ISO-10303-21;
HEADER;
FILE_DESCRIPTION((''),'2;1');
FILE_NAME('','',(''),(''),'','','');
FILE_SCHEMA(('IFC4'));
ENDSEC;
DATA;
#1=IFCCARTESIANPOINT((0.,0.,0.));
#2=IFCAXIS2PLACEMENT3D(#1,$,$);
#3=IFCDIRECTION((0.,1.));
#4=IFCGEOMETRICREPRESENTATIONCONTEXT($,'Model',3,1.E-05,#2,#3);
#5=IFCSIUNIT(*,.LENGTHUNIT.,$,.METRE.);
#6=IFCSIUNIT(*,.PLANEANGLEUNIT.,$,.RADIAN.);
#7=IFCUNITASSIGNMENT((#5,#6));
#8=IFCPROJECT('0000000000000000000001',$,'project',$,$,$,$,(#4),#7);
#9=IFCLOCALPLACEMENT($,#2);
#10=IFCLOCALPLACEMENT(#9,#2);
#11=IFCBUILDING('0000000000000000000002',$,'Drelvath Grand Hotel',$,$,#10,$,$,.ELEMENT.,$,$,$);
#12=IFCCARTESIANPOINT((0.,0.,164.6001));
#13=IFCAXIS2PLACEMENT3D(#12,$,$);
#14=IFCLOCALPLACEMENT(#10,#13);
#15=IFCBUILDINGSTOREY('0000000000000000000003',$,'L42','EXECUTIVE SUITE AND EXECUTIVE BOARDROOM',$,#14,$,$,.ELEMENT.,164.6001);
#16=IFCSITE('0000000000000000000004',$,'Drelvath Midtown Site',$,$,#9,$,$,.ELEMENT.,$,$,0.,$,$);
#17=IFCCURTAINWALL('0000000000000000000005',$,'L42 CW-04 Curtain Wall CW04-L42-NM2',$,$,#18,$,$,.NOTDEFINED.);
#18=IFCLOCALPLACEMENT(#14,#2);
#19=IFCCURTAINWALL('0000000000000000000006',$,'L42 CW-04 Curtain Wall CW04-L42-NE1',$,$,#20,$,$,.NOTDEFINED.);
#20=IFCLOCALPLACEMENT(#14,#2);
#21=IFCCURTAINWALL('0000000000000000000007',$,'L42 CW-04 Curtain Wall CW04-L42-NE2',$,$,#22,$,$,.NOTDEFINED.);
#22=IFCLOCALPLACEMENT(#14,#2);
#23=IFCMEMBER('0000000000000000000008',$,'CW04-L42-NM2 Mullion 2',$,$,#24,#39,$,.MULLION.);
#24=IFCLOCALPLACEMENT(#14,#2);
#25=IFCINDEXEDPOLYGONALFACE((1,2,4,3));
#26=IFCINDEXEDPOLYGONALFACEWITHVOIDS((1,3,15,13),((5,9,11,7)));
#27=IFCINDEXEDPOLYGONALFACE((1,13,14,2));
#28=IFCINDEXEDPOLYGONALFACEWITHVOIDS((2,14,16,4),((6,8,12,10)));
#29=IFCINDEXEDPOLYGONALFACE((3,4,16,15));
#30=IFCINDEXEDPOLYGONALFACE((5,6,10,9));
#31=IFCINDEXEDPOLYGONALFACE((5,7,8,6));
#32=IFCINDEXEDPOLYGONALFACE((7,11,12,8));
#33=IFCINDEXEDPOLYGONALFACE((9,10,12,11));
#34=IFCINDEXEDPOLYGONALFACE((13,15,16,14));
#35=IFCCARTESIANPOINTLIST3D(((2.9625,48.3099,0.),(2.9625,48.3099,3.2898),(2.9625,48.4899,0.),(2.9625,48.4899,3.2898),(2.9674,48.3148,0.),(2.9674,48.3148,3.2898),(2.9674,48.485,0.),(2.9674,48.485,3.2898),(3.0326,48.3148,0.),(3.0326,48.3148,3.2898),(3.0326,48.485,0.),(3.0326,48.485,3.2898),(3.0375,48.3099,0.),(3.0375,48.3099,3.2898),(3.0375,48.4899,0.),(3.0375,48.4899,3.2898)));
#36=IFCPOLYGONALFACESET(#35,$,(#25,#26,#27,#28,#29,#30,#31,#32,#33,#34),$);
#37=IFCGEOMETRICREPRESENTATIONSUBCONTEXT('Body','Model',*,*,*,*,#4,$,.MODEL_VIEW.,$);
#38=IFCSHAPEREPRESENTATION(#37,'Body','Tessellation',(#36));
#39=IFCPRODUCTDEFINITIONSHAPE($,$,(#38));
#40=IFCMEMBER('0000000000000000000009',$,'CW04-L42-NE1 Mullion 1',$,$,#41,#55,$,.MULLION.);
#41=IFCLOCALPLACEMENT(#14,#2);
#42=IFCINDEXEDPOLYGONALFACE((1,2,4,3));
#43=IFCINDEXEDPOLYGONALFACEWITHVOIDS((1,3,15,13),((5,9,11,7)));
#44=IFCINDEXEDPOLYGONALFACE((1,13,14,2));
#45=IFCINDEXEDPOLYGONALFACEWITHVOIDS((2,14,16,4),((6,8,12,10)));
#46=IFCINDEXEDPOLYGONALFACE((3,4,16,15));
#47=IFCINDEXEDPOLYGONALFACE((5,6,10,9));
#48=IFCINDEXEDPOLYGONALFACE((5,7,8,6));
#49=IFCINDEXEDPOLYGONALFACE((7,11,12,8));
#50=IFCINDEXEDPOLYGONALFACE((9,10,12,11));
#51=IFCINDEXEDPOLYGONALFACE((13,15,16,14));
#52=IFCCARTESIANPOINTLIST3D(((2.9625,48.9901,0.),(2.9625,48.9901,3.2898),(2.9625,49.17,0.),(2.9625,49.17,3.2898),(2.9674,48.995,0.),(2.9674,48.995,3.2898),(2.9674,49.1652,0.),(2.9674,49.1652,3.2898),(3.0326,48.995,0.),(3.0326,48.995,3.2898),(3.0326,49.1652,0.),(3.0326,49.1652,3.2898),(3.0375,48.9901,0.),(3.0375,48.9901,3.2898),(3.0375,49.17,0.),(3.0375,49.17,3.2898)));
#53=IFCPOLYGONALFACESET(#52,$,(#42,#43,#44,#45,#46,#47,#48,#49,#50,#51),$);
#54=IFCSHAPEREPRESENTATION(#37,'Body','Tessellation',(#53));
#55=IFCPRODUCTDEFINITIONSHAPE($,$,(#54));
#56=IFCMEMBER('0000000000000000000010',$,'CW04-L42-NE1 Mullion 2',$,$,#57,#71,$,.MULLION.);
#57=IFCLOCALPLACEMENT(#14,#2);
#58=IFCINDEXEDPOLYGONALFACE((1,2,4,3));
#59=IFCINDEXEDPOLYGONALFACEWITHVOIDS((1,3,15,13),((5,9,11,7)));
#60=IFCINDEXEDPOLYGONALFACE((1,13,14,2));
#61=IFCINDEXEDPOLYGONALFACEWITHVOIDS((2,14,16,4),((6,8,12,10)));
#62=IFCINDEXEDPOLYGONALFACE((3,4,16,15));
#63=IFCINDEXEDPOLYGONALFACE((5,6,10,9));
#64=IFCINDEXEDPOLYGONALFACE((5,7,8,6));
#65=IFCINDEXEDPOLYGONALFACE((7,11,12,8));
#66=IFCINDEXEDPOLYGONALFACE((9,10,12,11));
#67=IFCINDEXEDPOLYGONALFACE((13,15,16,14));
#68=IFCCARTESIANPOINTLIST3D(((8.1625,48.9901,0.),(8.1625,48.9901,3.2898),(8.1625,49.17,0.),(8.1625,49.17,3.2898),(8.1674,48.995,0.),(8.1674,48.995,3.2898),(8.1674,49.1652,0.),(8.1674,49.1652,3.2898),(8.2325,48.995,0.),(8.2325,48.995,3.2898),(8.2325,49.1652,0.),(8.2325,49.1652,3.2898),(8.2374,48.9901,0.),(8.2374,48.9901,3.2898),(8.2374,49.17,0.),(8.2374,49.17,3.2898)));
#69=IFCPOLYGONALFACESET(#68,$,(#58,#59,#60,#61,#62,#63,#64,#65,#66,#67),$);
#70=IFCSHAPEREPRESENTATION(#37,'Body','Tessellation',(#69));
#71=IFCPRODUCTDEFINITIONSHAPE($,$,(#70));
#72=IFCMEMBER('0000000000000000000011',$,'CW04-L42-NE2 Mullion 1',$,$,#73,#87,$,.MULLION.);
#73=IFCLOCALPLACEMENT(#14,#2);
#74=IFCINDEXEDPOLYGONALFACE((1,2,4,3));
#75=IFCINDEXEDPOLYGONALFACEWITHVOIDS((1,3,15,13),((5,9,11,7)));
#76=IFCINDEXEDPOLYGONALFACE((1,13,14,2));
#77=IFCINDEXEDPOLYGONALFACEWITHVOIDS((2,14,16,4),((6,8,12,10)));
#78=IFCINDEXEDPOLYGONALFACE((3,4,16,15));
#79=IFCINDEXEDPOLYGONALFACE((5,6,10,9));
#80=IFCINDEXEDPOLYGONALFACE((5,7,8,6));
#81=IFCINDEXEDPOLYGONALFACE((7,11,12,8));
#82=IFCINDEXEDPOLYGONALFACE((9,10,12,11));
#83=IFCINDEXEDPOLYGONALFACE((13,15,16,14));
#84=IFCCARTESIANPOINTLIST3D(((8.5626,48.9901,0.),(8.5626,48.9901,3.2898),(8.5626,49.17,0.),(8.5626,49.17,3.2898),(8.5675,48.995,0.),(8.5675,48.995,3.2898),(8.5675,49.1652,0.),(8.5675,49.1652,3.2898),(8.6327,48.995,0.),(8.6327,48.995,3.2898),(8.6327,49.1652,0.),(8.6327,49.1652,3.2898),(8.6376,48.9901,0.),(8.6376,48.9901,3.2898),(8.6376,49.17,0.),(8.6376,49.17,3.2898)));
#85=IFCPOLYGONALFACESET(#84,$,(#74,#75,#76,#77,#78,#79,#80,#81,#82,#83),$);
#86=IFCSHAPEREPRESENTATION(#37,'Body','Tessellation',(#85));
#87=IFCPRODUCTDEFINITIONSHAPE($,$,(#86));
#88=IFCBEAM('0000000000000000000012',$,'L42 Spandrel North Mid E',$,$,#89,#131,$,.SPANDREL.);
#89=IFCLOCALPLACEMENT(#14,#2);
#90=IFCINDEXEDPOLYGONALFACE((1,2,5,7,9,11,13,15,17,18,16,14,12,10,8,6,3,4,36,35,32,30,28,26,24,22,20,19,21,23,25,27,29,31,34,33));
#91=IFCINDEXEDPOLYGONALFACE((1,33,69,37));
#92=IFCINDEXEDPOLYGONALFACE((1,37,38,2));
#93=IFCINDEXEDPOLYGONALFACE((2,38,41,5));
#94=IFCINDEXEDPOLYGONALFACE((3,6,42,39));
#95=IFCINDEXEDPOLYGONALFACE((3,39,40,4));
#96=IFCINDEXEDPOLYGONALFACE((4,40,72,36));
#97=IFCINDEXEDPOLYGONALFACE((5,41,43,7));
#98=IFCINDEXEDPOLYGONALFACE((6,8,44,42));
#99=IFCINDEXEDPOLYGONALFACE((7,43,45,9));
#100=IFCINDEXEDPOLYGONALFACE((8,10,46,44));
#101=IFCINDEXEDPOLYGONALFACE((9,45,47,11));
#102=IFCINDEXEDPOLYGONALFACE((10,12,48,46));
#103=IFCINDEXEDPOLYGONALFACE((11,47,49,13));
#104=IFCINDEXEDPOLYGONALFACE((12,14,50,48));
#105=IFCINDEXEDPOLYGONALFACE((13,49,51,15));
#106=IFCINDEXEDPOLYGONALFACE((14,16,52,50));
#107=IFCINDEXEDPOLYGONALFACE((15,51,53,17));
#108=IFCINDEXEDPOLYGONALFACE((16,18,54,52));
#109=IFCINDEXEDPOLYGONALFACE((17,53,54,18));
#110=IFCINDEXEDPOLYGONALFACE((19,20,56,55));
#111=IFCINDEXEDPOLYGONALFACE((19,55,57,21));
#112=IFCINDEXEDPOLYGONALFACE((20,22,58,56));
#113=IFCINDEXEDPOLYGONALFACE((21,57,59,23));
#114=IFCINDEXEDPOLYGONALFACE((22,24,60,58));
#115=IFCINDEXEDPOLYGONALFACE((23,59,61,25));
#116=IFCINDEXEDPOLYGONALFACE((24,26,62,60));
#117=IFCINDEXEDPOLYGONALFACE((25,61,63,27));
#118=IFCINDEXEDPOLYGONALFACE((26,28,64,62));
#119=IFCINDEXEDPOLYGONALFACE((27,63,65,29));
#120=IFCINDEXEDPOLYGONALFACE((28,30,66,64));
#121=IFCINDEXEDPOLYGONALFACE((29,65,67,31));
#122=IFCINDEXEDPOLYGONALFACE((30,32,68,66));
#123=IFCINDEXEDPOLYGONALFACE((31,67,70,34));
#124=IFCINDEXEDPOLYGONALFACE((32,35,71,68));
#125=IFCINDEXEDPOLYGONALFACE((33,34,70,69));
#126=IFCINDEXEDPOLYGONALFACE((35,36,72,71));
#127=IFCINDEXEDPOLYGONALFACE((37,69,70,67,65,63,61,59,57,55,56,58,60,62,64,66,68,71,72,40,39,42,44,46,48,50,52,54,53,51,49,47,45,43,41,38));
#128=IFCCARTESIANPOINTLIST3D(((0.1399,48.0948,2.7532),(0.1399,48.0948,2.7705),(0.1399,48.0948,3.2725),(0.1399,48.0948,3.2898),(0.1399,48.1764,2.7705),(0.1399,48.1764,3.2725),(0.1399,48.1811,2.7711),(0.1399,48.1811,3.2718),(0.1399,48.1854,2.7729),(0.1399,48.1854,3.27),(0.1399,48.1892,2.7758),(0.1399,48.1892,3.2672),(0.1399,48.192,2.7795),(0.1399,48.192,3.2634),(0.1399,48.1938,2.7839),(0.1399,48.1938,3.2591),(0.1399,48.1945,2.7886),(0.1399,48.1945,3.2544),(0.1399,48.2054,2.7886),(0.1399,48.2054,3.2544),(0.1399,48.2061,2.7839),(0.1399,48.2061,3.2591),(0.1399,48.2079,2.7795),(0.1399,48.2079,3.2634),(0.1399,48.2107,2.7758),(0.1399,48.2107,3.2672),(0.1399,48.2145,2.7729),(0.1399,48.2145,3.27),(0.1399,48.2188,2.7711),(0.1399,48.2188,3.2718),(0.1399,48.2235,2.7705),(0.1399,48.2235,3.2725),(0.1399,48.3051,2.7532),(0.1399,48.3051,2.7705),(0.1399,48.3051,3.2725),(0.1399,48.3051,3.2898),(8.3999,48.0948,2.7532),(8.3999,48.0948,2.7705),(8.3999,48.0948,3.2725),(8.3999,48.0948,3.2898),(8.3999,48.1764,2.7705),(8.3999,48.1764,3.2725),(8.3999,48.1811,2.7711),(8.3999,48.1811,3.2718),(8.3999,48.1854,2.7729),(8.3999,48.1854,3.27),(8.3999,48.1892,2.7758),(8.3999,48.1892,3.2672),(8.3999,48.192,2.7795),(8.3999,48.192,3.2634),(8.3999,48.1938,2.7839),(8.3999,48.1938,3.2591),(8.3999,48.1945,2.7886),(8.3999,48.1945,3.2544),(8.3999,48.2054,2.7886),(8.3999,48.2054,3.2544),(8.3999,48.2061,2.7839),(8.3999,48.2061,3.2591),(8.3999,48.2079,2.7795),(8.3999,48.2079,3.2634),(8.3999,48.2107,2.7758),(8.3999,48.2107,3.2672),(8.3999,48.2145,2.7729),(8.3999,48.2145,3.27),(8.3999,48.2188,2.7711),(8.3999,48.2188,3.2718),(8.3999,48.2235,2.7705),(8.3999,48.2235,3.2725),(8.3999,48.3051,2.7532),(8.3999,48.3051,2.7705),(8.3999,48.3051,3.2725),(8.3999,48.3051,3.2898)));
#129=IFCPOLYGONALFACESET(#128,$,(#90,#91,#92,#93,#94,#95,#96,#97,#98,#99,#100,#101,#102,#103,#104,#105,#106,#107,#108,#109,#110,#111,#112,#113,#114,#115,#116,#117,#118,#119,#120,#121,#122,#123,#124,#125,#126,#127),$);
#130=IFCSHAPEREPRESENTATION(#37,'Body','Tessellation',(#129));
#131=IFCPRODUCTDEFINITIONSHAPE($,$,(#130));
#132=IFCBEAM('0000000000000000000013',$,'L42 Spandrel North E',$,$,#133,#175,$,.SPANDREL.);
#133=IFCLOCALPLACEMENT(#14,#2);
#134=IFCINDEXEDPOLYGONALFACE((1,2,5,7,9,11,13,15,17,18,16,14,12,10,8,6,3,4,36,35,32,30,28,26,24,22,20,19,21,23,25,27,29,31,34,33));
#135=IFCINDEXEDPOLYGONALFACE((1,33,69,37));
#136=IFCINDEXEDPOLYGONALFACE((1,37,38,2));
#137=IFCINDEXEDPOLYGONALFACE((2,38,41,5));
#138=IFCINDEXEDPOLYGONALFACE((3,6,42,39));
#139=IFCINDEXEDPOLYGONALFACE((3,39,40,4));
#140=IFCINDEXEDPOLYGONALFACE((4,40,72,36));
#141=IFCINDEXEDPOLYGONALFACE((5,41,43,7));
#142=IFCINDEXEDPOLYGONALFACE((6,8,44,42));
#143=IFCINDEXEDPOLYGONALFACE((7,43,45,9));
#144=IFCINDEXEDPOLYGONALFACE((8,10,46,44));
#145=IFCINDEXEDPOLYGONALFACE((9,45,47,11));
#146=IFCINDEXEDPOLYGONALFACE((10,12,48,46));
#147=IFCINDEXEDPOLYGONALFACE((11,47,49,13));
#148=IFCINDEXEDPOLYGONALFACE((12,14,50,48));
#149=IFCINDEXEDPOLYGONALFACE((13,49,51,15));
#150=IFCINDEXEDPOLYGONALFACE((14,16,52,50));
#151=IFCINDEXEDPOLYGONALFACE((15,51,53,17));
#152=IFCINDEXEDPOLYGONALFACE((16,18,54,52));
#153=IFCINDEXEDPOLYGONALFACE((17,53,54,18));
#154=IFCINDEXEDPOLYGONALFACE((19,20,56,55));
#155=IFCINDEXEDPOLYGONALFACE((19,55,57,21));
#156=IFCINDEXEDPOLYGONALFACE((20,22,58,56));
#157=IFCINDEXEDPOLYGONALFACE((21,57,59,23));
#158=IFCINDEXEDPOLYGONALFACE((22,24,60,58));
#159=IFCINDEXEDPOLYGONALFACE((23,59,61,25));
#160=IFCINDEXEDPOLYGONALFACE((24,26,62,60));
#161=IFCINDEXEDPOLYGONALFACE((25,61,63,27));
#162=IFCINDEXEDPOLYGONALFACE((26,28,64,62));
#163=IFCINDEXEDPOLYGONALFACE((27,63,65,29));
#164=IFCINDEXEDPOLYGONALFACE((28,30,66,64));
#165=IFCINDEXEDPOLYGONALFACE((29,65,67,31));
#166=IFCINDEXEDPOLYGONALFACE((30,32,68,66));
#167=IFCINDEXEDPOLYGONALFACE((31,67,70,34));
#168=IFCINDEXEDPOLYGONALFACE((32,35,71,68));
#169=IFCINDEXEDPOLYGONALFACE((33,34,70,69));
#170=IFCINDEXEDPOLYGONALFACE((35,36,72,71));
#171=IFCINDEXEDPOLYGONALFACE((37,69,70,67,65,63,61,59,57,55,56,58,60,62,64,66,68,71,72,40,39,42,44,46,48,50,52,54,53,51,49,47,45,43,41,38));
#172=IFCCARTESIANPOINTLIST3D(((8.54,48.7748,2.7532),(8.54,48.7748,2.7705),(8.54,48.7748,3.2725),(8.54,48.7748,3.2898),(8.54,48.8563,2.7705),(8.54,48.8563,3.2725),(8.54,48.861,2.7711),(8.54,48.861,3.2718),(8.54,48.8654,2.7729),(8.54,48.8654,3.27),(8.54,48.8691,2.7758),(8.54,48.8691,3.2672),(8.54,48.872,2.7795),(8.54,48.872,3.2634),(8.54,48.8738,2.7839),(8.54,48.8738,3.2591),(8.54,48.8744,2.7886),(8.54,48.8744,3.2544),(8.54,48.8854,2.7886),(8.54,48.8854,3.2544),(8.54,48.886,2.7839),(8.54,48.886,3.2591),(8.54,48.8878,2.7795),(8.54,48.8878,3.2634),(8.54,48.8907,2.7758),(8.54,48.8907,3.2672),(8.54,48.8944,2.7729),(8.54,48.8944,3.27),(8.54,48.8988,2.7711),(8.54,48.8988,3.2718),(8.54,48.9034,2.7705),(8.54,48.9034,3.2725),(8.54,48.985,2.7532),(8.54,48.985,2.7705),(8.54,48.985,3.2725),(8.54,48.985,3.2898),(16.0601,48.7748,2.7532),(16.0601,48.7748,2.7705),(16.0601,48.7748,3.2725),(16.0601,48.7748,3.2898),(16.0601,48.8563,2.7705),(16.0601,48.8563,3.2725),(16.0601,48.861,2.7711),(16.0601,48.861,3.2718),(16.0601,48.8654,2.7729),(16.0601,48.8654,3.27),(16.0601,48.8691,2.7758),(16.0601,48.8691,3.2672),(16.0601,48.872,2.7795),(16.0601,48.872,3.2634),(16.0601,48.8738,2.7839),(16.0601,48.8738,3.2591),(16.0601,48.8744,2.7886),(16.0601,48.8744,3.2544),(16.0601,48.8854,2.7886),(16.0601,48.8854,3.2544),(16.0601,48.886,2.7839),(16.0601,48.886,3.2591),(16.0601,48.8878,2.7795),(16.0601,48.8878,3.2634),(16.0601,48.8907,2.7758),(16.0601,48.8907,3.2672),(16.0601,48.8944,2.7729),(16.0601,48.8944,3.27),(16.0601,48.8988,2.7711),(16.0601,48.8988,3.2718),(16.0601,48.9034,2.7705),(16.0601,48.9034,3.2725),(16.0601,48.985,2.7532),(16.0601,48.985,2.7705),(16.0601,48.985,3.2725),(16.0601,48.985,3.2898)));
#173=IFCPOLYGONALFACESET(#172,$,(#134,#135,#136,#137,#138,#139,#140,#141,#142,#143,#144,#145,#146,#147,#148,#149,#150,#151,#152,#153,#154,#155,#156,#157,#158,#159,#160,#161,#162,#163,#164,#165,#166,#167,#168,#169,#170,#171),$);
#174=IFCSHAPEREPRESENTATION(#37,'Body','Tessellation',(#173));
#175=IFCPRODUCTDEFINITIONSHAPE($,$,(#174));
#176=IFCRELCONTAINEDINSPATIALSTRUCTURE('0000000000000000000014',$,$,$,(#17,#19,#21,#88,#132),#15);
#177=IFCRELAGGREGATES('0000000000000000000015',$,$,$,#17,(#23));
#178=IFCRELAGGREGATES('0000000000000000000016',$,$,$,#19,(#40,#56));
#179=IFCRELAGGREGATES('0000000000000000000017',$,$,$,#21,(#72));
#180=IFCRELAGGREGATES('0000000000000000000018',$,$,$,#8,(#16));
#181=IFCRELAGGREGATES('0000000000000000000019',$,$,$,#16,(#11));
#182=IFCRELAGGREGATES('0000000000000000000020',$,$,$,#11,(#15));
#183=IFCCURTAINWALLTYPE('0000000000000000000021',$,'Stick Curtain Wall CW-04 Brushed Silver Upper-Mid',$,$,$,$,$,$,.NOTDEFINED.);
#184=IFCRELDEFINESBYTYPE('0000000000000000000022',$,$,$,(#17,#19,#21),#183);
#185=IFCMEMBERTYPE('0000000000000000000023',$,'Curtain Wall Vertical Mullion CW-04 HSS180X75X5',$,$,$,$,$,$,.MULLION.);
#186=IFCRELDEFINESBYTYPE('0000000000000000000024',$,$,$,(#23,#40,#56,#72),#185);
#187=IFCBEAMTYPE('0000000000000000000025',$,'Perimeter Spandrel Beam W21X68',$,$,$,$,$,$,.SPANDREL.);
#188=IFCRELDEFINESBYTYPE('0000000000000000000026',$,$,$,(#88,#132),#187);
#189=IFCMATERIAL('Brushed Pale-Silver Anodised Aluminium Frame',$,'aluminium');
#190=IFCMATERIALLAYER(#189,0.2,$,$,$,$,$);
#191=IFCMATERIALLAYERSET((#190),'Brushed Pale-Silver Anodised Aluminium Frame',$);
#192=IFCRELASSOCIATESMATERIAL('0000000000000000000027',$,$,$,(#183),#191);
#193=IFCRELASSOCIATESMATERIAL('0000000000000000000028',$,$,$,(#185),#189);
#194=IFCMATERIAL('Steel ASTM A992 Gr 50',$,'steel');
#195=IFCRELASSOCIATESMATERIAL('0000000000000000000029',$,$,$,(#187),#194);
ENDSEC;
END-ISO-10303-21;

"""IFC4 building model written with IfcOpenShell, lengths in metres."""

from ifc_helpers import new_model, si_unit, direction, frame, origin, origin_2d, place, context, subcontext, project, spatial, hollow_rectangle, i_section, extrude, material, layer, layer_set, material_profile, profile_set, type_object, element, aggregate, save


model = new_model("IFC4")

# Units and contexts
model_context = context("Model", 3, precision=1e-05, world=origin(), true_north=direction((0.0, 1.0)))
body_context = subcontext(model_context, "Body", "Model", "MODEL_VIEW")
ifc_project = project(units=[si_unit("LENGTHUNIT", "METRE"), si_unit("PLANEANGLEUNIT", "RADIAN")], contexts=[model_context])

# Site, building, storey
site_placement = place(None, origin())
site = spatial("IfcSite", under=ifc_project, at=site_placement, Name="Drelvath Midtown Site", CompositionType="ELEMENT", RefElevation=0.0)
building_placement = place(site_placement, origin())
building = spatial("IfcBuilding", under=site, at=building_placement, Name="Drelvath Grand Hotel", CompositionType="ELEMENT")
storey_placement = place(building_placement, frame((0.0, 0.0, 164.6001)))
storey = spatial("IfcBuildingStorey", under=building, at=storey_placement, Name="L42", Description="EXECUTIVE SUITE AND EXECUTIVE BOARDROOM", CompositionType="ELEMENT", Elevation=164.6001)

# Curtain walls
ifc_material_1 = material(Name="Brushed Pale-Silver Anodised Aluminium Frame", Category="aluminium")
ifc_layer_1 = layer(ifc_material_1, 0.2)
ifc_layer_set_1 = layer_set([ifc_layer_1], Name="Brushed Pale-Silver Anodised Aluminium Frame")
curtain_wall_type = type_object("IfcCurtainWallType", Name="Stick Curtain Wall CW-04 Brushed Silver Upper-Mid", PredefinedType="NOTDEFINED", material=ifc_layer_set_1)
curtain_wall_1_placement = place(storey_placement, origin())
curtain_wall_1 = element("IfcCurtainWall", 1, at=curtain_wall_1_placement, inside=storey, type_object=curtain_wall_type, Name="L42 CW-04 Curtain Wall CW04-L42-NM2", PredefinedType="NOTDEFINED")
curtain_wall_2_placement = place(storey_placement, origin())
curtain_wall_2 = element("IfcCurtainWall", 2, at=curtain_wall_2_placement, inside=storey, type_object=curtain_wall_type, Name="L42 CW-04 Curtain Wall CW04-L42-NE1", PredefinedType="NOTDEFINED")
curtain_wall_3_placement = place(storey_placement, origin())
curtain_wall_3 = element("IfcCurtainWall", 3, at=curtain_wall_3_placement, inside=storey, type_object=curtain_wall_type, Name="L42 CW-04 Curtain Wall CW04-L42-NE2", PredefinedType="NOTDEFINED")
ifc_material_profile_1 = material_profile(ifc_material_1, hollow_rectangle(XDim=0.075, YDim=0.1799, WallThickness=0.0049, at=origin_2d()), Name="HSS180X75X5")
ifc_profile_set_1 = profile_set([ifc_material_profile_1], Name="Brushed Pale-Silver Anodised Aluminium Frame")
member_type_1 = type_object("IfcMemberType", Name="Curtain Wall Vertical Mullion CW-04 HSS180X75X5", PredefinedType="MULLION", material=ifc_profile_set_1)

# Members
member_1_placement = place(storey_placement, frame((3.0, 48.3999, 0.0), z_axis=(0.0, 0.0, 1.0), x_axis=(1.0, 0.0, 0.0)))
member_1 = element("IfcMember", 4, at=member_1_placement, type_object=member_type_1, Name="CW04-L42-NM2 Mullion 2", PredefinedType="MULLION", context=body_context, shape_type="SweptSolid", body=[
    extrude(hollow_rectangle(XDim=0.075, YDim=0.1799, WallThickness=0.0049, at=origin_2d()), origin(), (0.0, 0.0, 1.0), 3.2898),
])
member_2_placement = place(storey_placement, frame((3.0, 49.0801, 0.0), z_axis=(0.0, 0.0, 1.0), x_axis=(1.0, 0.0, 0.0)))
member_2 = element("IfcMember", 5, at=member_2_placement, type_object=member_type_1, Name="CW04-L42-NE1 Mullion 1", PredefinedType="MULLION", context=body_context, shape_type="SweptSolid", body=[
    extrude(hollow_rectangle(XDim=0.075, YDim=0.1799, WallThickness=0.0049, at=origin_2d()), origin(), (0.0, 0.0, 1.0), 3.2898),
])
member_3_placement = place(storey_placement, frame((8.2, 49.0801, 0.0), z_axis=(0.0, 0.0, 1.0), x_axis=(1.0, 0.0, 0.0)))
member_3 = element("IfcMember", 6, at=member_3_placement, type_object=member_type_1, Name="CW04-L42-NE1 Mullion 2", PredefinedType="MULLION", context=body_context, shape_type="SweptSolid", body=[
    extrude(hollow_rectangle(XDim=0.075, YDim=0.1799, WallThickness=0.0049, at=origin_2d()), origin(), (0.0, 0.0, 1.0), 3.2898),
])
member_4_placement = place(storey_placement, frame((8.6001, 49.0801, 0.0), z_axis=(0.0, 0.0, 1.0), x_axis=(1.0, 0.0, 0.0)))
member_4 = element("IfcMember", 7, at=member_4_placement, type_object=member_type_1, Name="CW04-L42-NE2 Mullion 1", PredefinedType="MULLION", context=body_context, shape_type="SweptSolid", body=[
    extrude(hollow_rectangle(XDim=0.075, YDim=0.1799, WallThickness=0.0049, at=origin_2d()), origin(), (0.0, 0.0, 1.0), 3.2898),
])

# Beams
ifc_material_2 = material(Name="Steel ASTM A992 Gr 50", Category="steel")
ifc_material_profile_2 = material_profile(ifc_material_2, i_section(OverallWidth=0.2102, OverallDepth=0.5366, WebThickness=0.011, FlangeThickness=0.0173, FilletRadius=0.0181, at=origin_2d()), Name="W21X68")
ifc_profile_set_2 = profile_set([ifc_material_profile_2], Name="Steel ASTM A992 Gr 50")
beam_type_1 = type_object("IfcBeamType", Name="Perimeter Spandrel Beam W21X68", PredefinedType="SPANDREL", material=ifc_profile_set_2)
beam_1_placement = place(storey_placement, frame((0.1399, 48.2, 3.0215), z_axis=(1.0, 0.0, 0.0), x_axis=(0.0, 1.0, 0.0)))
element("IfcBeam", 8, at=beam_1_placement, inside=storey, type_object=beam_type_1, Name="L42 Spandrel North Mid E", PredefinedType="SPANDREL", context=body_context, shape_type="SweptSolid", body=[
    extrude(i_section(OverallWidth=0.2102, OverallDepth=0.5366, WebThickness=0.011, FlangeThickness=0.0173, FilletRadius=0.0181, at=origin_2d()), origin(), (0.0, 0.0, 1.0), 8.26),
])
beam_2_placement = place(storey_placement, frame((8.54, 48.8799, 3.0215), z_axis=(1.0, 0.0, 0.0), x_axis=(0.0, 1.0, 0.0)))
element("IfcBeam", 9, at=beam_2_placement, inside=storey, type_object=beam_type_1, Name="L42 Spandrel North E", PredefinedType="SPANDREL", context=body_context, shape_type="SweptSolid", body=[
    extrude(i_section(OverallWidth=0.2102, OverallDepth=0.5366, WebThickness=0.011, FlangeThickness=0.0173, FilletRadius=0.0181, at=origin_2d()), origin(), (0.0, 0.0, 1.0), 7.52),
])

aggregate(curtain_wall_1, [member_1])
aggregate(curtain_wall_2, [member_2, member_3])
aggregate(curtain_wall_3, [member_4])

save(model, "model.ifc")
